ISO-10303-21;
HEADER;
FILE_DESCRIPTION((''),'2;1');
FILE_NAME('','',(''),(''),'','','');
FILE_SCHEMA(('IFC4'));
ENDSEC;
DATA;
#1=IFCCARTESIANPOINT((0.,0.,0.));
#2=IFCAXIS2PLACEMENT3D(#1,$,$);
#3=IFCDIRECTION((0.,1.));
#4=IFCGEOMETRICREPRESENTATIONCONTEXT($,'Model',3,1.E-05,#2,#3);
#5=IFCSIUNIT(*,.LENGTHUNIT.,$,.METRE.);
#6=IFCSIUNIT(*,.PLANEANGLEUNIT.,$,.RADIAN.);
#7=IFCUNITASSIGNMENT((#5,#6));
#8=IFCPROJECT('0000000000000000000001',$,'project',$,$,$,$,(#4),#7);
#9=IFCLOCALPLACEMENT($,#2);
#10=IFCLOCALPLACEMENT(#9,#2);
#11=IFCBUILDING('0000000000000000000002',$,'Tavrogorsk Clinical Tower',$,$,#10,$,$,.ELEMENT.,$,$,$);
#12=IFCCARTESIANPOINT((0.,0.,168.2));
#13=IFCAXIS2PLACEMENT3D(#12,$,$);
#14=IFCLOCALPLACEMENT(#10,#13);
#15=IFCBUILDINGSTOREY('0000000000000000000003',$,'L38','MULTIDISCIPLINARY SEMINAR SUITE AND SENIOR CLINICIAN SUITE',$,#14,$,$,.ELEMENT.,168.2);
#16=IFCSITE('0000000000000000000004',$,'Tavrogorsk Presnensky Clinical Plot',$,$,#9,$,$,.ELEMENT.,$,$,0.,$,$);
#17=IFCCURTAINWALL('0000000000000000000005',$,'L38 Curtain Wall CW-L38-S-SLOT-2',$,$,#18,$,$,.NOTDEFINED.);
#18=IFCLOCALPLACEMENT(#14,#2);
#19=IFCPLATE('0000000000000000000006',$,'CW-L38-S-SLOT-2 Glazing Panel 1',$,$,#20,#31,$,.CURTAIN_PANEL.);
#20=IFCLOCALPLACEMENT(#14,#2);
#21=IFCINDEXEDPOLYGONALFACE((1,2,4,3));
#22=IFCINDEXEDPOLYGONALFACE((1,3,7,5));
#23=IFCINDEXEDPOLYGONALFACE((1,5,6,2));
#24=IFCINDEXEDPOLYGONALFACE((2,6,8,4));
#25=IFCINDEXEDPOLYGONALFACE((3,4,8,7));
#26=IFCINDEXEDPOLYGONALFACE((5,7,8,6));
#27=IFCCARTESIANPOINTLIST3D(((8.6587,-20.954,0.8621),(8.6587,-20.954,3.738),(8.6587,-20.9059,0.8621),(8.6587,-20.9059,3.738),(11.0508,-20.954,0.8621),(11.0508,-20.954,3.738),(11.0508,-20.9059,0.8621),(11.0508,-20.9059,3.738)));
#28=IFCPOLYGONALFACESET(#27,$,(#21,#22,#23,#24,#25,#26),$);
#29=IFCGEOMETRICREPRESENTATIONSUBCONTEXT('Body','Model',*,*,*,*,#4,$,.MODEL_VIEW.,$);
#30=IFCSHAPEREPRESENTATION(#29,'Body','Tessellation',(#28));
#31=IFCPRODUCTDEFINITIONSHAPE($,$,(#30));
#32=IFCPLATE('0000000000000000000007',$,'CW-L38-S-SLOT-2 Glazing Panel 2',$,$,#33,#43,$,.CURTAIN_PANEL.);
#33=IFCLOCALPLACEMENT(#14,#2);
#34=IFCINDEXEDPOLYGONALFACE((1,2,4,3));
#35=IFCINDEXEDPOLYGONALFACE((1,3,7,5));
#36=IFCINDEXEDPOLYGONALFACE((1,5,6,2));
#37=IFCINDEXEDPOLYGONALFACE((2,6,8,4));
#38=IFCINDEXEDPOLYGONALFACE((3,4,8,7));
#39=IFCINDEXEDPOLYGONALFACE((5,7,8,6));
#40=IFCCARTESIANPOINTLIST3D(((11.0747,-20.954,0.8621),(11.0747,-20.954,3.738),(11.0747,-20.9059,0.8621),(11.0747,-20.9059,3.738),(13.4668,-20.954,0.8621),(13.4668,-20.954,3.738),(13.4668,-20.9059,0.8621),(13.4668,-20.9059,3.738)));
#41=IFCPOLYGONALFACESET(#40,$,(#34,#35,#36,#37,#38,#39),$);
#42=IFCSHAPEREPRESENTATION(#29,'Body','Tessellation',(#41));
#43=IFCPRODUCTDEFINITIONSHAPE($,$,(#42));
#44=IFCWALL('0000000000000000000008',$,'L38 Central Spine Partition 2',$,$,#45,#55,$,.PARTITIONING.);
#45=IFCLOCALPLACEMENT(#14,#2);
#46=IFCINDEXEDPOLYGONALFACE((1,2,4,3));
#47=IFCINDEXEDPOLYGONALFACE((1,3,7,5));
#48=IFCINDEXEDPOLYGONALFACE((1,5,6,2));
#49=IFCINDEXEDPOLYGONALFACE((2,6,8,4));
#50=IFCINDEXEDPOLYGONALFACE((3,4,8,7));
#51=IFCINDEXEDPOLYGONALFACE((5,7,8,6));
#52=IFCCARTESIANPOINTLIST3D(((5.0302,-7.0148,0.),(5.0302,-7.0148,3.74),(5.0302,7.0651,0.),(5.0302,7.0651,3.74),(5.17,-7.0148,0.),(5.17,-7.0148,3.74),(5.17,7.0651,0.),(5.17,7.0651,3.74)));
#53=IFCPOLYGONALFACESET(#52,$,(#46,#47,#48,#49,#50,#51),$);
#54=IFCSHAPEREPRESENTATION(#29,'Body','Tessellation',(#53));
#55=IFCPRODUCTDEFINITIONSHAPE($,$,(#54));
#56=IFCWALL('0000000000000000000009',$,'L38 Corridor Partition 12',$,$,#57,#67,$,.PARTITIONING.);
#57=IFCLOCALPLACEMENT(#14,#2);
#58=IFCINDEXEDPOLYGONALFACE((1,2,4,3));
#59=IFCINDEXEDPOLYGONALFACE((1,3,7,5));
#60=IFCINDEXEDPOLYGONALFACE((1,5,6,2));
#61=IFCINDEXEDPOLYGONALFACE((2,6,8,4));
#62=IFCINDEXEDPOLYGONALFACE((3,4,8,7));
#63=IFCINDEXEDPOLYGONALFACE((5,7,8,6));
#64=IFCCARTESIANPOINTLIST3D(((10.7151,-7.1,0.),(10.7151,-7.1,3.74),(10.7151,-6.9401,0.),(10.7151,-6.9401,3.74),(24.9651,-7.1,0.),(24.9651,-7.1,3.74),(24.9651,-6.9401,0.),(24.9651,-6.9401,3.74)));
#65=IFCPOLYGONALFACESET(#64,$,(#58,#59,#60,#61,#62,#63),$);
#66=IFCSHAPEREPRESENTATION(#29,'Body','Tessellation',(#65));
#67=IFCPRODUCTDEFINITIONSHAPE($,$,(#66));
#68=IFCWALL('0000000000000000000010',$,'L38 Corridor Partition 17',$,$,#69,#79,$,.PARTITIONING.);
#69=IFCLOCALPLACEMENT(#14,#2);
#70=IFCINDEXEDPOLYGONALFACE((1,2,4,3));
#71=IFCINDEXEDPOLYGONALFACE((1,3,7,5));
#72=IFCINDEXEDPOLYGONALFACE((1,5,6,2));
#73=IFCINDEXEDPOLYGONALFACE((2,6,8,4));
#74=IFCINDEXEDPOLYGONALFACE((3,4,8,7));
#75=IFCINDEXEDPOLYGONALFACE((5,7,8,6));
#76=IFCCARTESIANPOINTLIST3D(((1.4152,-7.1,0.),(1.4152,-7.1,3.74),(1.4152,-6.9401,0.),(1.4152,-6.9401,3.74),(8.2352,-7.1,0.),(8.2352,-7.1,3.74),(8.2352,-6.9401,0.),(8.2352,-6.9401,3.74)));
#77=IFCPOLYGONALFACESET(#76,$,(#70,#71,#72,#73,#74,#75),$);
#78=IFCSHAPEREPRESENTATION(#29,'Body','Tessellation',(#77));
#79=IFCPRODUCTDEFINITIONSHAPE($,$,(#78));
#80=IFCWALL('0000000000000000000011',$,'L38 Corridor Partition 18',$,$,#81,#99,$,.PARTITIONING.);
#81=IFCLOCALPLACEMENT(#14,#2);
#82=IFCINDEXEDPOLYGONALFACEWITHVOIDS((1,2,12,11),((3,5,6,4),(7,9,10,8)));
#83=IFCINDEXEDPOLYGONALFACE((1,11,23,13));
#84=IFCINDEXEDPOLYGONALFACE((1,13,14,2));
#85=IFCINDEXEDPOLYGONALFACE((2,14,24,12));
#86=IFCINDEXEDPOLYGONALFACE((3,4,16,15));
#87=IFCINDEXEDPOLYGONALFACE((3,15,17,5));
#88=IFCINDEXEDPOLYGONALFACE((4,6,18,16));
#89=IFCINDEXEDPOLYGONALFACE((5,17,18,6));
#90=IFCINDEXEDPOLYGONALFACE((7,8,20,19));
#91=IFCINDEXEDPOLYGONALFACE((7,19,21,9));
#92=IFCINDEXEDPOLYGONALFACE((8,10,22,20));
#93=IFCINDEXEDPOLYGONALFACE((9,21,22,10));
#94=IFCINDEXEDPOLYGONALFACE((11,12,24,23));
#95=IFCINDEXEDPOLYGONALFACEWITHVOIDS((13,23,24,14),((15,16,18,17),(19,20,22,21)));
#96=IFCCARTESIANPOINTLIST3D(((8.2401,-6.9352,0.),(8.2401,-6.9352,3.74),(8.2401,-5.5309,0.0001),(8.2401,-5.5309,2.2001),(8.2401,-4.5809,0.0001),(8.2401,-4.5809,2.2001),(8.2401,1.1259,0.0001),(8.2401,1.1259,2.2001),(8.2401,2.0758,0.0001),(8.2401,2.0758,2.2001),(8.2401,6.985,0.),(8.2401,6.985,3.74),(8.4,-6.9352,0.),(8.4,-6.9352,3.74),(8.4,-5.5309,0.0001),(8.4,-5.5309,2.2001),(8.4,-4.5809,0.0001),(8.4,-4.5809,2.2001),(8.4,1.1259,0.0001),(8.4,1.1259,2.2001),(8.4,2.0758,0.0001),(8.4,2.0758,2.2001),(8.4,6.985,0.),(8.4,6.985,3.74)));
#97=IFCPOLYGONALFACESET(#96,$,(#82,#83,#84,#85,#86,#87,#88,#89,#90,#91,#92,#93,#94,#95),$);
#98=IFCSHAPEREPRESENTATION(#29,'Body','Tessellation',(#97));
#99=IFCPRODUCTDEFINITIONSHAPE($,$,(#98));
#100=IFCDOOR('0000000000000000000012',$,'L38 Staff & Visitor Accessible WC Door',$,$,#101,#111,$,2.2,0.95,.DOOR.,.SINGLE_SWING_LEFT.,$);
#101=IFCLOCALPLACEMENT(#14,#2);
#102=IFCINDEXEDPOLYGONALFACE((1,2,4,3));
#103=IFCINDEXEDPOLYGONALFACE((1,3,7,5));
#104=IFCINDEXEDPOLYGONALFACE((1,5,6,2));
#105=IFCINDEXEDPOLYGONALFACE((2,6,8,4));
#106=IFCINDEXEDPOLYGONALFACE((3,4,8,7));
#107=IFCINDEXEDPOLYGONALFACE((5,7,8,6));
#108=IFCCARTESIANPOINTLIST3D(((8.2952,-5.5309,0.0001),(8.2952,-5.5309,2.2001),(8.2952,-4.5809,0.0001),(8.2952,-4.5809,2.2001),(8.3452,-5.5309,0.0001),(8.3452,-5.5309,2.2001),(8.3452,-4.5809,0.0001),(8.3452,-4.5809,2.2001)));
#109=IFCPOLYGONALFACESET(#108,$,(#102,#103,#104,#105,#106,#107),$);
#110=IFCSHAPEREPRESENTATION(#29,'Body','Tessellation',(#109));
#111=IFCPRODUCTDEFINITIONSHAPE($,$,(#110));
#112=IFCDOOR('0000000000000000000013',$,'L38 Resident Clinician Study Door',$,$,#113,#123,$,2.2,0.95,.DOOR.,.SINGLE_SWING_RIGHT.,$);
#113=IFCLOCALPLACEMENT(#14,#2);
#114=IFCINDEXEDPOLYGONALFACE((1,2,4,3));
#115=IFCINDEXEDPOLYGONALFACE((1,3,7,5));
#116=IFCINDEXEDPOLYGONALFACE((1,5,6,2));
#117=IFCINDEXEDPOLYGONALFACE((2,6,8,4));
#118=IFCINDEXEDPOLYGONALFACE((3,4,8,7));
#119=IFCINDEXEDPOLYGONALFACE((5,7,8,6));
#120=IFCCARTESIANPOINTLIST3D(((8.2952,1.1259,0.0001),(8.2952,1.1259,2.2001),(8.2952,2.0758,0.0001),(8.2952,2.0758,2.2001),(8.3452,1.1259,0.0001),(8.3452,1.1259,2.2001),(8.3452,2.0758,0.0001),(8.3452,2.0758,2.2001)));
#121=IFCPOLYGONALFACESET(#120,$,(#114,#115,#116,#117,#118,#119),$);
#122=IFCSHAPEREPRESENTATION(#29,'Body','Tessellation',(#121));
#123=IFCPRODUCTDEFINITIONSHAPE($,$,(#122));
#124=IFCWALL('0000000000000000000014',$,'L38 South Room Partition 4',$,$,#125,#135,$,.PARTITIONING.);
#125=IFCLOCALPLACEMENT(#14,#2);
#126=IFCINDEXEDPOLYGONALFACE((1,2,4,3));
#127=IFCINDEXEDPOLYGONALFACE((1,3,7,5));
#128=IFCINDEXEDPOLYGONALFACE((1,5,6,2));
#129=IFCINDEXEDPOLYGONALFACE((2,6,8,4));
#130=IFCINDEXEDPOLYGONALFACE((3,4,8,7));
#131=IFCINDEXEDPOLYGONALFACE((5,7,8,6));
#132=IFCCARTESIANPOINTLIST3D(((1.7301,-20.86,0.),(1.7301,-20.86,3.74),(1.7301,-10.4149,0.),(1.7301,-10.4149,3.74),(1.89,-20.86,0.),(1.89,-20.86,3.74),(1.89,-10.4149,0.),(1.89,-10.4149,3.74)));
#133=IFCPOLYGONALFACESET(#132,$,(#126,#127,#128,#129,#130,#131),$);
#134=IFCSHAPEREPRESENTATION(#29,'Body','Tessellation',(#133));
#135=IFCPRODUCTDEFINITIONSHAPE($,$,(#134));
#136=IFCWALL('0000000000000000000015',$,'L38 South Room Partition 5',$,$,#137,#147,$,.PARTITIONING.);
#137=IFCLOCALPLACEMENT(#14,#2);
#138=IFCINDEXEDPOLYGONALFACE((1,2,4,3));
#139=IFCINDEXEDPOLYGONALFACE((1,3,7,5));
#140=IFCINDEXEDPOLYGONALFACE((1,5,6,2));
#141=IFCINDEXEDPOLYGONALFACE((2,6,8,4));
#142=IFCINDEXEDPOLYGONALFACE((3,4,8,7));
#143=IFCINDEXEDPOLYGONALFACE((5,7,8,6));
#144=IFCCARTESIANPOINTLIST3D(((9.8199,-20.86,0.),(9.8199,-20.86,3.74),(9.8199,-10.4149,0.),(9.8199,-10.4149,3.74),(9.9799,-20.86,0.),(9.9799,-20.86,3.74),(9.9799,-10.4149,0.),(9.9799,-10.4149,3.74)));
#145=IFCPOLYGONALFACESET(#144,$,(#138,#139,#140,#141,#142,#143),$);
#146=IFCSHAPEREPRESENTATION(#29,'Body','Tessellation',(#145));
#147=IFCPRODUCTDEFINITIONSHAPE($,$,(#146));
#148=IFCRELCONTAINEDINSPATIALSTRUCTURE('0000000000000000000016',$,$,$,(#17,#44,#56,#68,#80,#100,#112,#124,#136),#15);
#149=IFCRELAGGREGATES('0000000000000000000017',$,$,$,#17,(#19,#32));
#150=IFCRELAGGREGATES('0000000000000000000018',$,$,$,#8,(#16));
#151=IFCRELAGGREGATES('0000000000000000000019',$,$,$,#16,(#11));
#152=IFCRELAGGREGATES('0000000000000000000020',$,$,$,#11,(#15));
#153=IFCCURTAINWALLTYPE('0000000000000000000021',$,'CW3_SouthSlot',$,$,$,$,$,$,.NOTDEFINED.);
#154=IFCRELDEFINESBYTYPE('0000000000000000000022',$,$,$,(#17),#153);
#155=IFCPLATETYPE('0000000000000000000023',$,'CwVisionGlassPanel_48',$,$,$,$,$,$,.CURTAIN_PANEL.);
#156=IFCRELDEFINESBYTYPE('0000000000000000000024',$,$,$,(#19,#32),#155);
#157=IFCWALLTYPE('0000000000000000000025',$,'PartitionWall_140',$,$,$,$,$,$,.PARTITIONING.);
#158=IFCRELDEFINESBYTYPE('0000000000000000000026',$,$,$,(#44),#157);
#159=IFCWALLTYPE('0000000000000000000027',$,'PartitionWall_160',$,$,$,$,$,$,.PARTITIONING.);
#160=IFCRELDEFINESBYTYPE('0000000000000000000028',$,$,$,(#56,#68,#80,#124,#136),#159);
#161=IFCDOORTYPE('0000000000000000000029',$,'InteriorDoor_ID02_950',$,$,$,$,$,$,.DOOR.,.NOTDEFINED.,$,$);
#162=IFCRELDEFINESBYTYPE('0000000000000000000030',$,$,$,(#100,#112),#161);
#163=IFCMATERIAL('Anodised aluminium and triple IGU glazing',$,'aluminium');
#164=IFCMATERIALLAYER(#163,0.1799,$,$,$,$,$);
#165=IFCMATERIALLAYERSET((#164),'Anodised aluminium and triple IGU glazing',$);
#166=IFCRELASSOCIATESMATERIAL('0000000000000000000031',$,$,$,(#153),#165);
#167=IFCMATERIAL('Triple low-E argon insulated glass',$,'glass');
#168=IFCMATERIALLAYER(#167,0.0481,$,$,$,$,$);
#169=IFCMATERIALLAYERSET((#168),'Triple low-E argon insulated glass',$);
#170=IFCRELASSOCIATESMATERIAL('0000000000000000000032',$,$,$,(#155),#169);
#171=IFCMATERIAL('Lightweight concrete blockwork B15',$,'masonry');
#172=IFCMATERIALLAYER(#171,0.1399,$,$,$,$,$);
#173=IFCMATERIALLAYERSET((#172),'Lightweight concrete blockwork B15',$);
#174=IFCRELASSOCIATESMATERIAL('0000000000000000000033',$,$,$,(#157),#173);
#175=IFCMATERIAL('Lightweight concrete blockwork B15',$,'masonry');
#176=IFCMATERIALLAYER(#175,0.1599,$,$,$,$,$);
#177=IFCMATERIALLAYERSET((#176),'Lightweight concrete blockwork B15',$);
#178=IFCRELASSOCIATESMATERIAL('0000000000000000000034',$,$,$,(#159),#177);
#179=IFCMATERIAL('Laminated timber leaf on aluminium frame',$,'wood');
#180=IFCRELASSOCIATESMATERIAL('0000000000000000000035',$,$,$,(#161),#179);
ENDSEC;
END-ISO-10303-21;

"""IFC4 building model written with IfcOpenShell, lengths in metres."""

from ifc_helpers import new_model, si_unit, direction, frame, frame_2d, origin, origin_2d, place, context, subcontext, project, spatial, rectangle, extrude, material, layer, layer_set, type_object, element, fill, aggregate, save


model = new_model("IFC4")

# Units and contexts
model_context = context("Model", 3, precision=1e-05, world=origin(), true_north=direction((0.0, 1.0)))
body_context = subcontext(model_context, "Body", "Model", "MODEL_VIEW")
ifc_project = project(units=[si_unit("LENGTHUNIT", "METRE"), si_unit("PLANEANGLEUNIT", "RADIAN")], contexts=[model_context])

# Site, building, storey
site_placement = place(None, origin())
site = spatial("IfcSite", under=ifc_project, at=site_placement, Name="Tavrogorsk Presnensky Clinical Plot", CompositionType="ELEMENT", RefElevation=0.0)
building_placement = place(site_placement, origin())
building = spatial("IfcBuilding", under=site, at=building_placement, Name="Tavrogorsk Clinical Tower", CompositionType="ELEMENT")
storey_placement = place(building_placement, frame((0.0, 0.0, 168.2)))
storey = spatial("IfcBuildingStorey", under=building, at=storey_placement, Name="L38", Description="MULTIDISCIPLINARY SEMINAR SUITE AND SENIOR CLINICIAN SUITE", CompositionType="ELEMENT", Elevation=168.2)

# Curtain wall
ifc_material_1 = material(Name="Anodised aluminium and triple IGU glazing", Category="aluminium")
ifc_layer_1 = layer(ifc_material_1, 0.1799)
ifc_layer_set_1 = layer_set([ifc_layer_1], Name="Anodised aluminium and triple IGU glazing")
curtain_wall_type = type_object("IfcCurtainWallType", Name="CW3_SouthSlot", PredefinedType="NOTDEFINED", material=ifc_layer_set_1)
curtain_wall_placement = place(storey_placement, origin())
curtain_wall = element("IfcCurtainWall", 1, at=curtain_wall_placement, inside=storey, type_object=curtain_wall_type, Name="L38 Curtain Wall CW-L38-S-SLOT-2", PredefinedType="NOTDEFINED")

# Plates
ifc_material_2 = material(Name="Triple low-E argon insulated glass", Category="glass")
ifc_layer_2 = layer(ifc_material_2, 0.0481)
ifc_layer_set_2 = layer_set([ifc_layer_2], Name="Triple low-E argon insulated glass")
plate_type_1 = type_object("IfcPlateType", Name="CwVisionGlassPanel_48", PredefinedType="CURTAIN_PANEL", material=ifc_layer_set_2)
plate_1_placement = place(storey_placement, frame((9.8547, -20.9299, 0.8621), z_axis=(0.0, 0.0, 1.0), x_axis=(1.0, 0.0, 0.0)))
plate_1 = element("IfcPlate", 2, at=plate_1_placement, type_object=plate_type_1, Name="CW-L38-S-SLOT-2 Glazing Panel 1", PredefinedType="CURTAIN_PANEL", context=body_context, shape_type="SweptSolid", body=[
    extrude(rectangle(XDim=2.3921, YDim=0.0481, at=origin_2d()), origin(), (0.0, 0.0, 1.0), 2.876),
])
plate_2_placement = place(storey_placement, frame((12.2708, -20.9299, 0.8621), z_axis=(0.0, 0.0, 1.0), x_axis=(1.0, 0.0, 0.0)))
plate_2 = element("IfcPlate", 3, at=plate_2_placement, type_object=plate_type_1, Name="CW-L38-S-SLOT-2 Glazing Panel 2", PredefinedType="CURTAIN_PANEL", context=body_context, shape_type="SweptSolid", body=[
    extrude(rectangle(XDim=2.3921, YDim=0.0481, at=origin_2d()), origin(), (0.0, 0.0, 1.0), 2.876),
])
aggregate(curtain_wall, [plate_1, plate_2])

# Walls
ifc_material_3 = material(Name="Lightweight concrete blockwork B15", Category="masonry")
ifc_layer_3 = layer(ifc_material_3, 0.1399)
ifc_layer_set_3 = layer_set([ifc_layer_3], Name="Lightweight concrete blockwork B15")
wall_type_1 = type_object("IfcWallType", Name="PartitionWall_140", PredefinedType="PARTITIONING", material=ifc_layer_set_3)
wall_1_placement = place(storey_placement, frame((5.1001, -7.0149, 0.0), z_axis=(0.0, 0.0, 1.0), x_axis=(0.0, 1.0, 0.0)))
element("IfcWall", 4, at=wall_1_placement, inside=storey, type_object=wall_type_1, Name="L38 Central Spine Partition 2", PredefinedType="PARTITIONING", context=body_context, shape_type="SweptSolid", body=[
    extrude(rectangle(XDim=14.0798, YDim=0.1399, at=frame_2d((7.04, 0.0))), origin(), (0.0, 0.0, 1.0), 3.74),
])
ifc_material_4 = material(Name="Lightweight concrete blockwork B15", Category="masonry")
ifc_layer_4 = layer(ifc_material_4, 0.1599)
ifc_layer_set_4 = layer_set([ifc_layer_4], Name="Lightweight concrete blockwork B15")
wall_type_2 = type_object("IfcWallType", Name="PartitionWall_160", PredefinedType="PARTITIONING", material=ifc_layer_set_4)
wall_2_placement = place(storey_placement, frame((10.7151, -7.02, 0.0), z_axis=(0.0, 0.0, 1.0), x_axis=(1.0, 0.0, 0.0)))
element("IfcWall", 5, at=wall_2_placement, inside=storey, type_object=wall_type_2, Name="L38 Corridor Partition 12", PredefinedType="PARTITIONING", context=body_context, shape_type="SweptSolid", body=[
    extrude(rectangle(XDim=14.25, YDim=0.1599, at=frame_2d((7.125, 0.0))), origin(), (0.0, 0.0, 1.0), 3.74),
])
wall_3_placement = place(storey_placement, frame((1.415, -7.02, 0.0), z_axis=(0.0, 0.0, 1.0), x_axis=(1.0, 0.0, 0.0)))
element("IfcWall", 6, at=wall_3_placement, inside=storey, type_object=wall_type_2, Name="L38 Corridor Partition 17", PredefinedType="PARTITIONING", context=body_context, shape_type="SweptSolid", body=[
    extrude(rectangle(XDim=6.8201, YDim=0.1599, at=frame_2d((3.4102, 0.0))), origin(), (0.0, 0.0, 1.0), 3.74),
])

# Wall, openings, doors
wall_4_placement = place(storey_placement, frame((8.3201, -6.9351, 0.0), z_axis=(0.0, 0.0, 1.0), x_axis=(0.0, 1.0, 0.0)))
wall_4 = element("IfcWall", 7, at=wall_4_placement, inside=storey, type_object=wall_type_2, Name="L38 Corridor Partition 18", PredefinedType="PARTITIONING", context=body_context, shape_type="SweptSolid", body=[
    extrude(rectangle(XDim=13.9202, YDim=0.1599, at=frame_2d((6.96, 0.0))), origin(), (0.0, 0.0, 1.0), 3.74),
])
opening_1_placement = place(wall_4_placement, frame((1.4041, 0.0, 0.0)))
opening_1 = element("IfcOpeningElement", 8, at=opening_1_placement, cuts=wall_4, PredefinedType="OPENING", context=body_context, shape_type="SweptSolid", body=[
    extrude(rectangle(XDim=0.95, YDim=2.2, at=frame_2d((0.4751, 1.1001))), frame((0.0, 0.0898, 0.0), z_axis=(0.0, -1.0, 0.0), x_axis=(1.0, 0.0, 0.0)), (0.0, 0.0, 1.0), 0.1799),
])
opening_2_placement = place(wall_4_placement, frame((8.0608, 0.0, 0.0)))
opening_2 = element("IfcOpeningElement", 9, at=opening_2_placement, cuts=wall_4, PredefinedType="OPENING", context=body_context, shape_type="SweptSolid", body=[
    extrude(rectangle(XDim=0.95, YDim=2.2, at=frame_2d((0.4751, 1.1001))), frame((0.0, 0.0898, 0.0), z_axis=(0.0, -1.0, 0.0), x_axis=(1.0, 0.0, 0.0)), (0.0, 0.0, 1.0), 0.1799),
])
ifc_material_5 = material(Name="Laminated timber leaf on aluminium frame", Category="wood")
door_type = type_object("IfcDoorType", Name="InteriorDoor_ID02_950", OperationType="NOTDEFINED", PredefinedType="DOOR", material=ifc_material_5)
door_1_placement = place(opening_1_placement, origin())
door_1 = element("IfcDoor", 10, at=door_1_placement, inside=storey, type_object=door_type, Name="L38 Staff & Visitor Accessible WC Door", OperationType="SINGLE_SWING_LEFT", OverallHeight=2.2, OverallWidth=0.95, PredefinedType="DOOR", context=body_context, shape_type="SweptSolid", body=[
    extrude(rectangle(XDim=0.95, YDim=2.2, at=frame_2d((0.4751, 1.1001))), frame((0.0, 0.0249, 0.0), z_axis=(0.0, -1.0, 0.0), x_axis=(1.0, 0.0, 0.0)), (0.0, 0.0, 1.0), 0.05),
])
fill(opening_1, door_1)
door_2_placement = place(opening_2_placement, origin())
door_2 = element("IfcDoor", 11, at=door_2_placement, inside=storey, type_object=door_type, Name="L38 Resident Clinician Study Door", OperationType="SINGLE_SWING_RIGHT", OverallHeight=2.2, OverallWidth=0.95, PredefinedType="DOOR", context=body_context, shape_type="SweptSolid", body=[
    extrude(rectangle(XDim=0.95, YDim=2.2, at=frame_2d((0.4751, 1.1001))), frame((0.0, 0.0249, 0.0), z_axis=(0.0, -1.0, 0.0), x_axis=(1.0, 0.0, 0.0)), (0.0, 0.0, 1.0), 0.05),
])
fill(opening_2, door_2)

# Walls
for number, where, z_axis, x_axis, name in (
    (12, (1.8101, -20.8601, 0.0), (0.0, 0.0, 1.0), (0.0, 1.0, 0.0), "L38 South Room Partition 4"),
    (13, (9.8999, -20.8601, 0.0), (0.0, 0.0, 1.0), (0.0, 1.0, 0.0), "L38 South Room Partition 5"),
):
    element("IfcWall", number, at=place(storey_placement, frame(where, z_axis=z_axis, x_axis=x_axis)), inside=storey, type_object=wall_type_2, Name=name, PredefinedType="PARTITIONING", context=body_context, shape_type="SweptSolid", body=[
        extrude(rectangle(XDim=10.4451, YDim=0.1599, at=frame_2d((5.2227, 0.0))), origin(), (0.0, 0.0, 1.0), 3.74),
    ])

save(model, "model.ifc")
